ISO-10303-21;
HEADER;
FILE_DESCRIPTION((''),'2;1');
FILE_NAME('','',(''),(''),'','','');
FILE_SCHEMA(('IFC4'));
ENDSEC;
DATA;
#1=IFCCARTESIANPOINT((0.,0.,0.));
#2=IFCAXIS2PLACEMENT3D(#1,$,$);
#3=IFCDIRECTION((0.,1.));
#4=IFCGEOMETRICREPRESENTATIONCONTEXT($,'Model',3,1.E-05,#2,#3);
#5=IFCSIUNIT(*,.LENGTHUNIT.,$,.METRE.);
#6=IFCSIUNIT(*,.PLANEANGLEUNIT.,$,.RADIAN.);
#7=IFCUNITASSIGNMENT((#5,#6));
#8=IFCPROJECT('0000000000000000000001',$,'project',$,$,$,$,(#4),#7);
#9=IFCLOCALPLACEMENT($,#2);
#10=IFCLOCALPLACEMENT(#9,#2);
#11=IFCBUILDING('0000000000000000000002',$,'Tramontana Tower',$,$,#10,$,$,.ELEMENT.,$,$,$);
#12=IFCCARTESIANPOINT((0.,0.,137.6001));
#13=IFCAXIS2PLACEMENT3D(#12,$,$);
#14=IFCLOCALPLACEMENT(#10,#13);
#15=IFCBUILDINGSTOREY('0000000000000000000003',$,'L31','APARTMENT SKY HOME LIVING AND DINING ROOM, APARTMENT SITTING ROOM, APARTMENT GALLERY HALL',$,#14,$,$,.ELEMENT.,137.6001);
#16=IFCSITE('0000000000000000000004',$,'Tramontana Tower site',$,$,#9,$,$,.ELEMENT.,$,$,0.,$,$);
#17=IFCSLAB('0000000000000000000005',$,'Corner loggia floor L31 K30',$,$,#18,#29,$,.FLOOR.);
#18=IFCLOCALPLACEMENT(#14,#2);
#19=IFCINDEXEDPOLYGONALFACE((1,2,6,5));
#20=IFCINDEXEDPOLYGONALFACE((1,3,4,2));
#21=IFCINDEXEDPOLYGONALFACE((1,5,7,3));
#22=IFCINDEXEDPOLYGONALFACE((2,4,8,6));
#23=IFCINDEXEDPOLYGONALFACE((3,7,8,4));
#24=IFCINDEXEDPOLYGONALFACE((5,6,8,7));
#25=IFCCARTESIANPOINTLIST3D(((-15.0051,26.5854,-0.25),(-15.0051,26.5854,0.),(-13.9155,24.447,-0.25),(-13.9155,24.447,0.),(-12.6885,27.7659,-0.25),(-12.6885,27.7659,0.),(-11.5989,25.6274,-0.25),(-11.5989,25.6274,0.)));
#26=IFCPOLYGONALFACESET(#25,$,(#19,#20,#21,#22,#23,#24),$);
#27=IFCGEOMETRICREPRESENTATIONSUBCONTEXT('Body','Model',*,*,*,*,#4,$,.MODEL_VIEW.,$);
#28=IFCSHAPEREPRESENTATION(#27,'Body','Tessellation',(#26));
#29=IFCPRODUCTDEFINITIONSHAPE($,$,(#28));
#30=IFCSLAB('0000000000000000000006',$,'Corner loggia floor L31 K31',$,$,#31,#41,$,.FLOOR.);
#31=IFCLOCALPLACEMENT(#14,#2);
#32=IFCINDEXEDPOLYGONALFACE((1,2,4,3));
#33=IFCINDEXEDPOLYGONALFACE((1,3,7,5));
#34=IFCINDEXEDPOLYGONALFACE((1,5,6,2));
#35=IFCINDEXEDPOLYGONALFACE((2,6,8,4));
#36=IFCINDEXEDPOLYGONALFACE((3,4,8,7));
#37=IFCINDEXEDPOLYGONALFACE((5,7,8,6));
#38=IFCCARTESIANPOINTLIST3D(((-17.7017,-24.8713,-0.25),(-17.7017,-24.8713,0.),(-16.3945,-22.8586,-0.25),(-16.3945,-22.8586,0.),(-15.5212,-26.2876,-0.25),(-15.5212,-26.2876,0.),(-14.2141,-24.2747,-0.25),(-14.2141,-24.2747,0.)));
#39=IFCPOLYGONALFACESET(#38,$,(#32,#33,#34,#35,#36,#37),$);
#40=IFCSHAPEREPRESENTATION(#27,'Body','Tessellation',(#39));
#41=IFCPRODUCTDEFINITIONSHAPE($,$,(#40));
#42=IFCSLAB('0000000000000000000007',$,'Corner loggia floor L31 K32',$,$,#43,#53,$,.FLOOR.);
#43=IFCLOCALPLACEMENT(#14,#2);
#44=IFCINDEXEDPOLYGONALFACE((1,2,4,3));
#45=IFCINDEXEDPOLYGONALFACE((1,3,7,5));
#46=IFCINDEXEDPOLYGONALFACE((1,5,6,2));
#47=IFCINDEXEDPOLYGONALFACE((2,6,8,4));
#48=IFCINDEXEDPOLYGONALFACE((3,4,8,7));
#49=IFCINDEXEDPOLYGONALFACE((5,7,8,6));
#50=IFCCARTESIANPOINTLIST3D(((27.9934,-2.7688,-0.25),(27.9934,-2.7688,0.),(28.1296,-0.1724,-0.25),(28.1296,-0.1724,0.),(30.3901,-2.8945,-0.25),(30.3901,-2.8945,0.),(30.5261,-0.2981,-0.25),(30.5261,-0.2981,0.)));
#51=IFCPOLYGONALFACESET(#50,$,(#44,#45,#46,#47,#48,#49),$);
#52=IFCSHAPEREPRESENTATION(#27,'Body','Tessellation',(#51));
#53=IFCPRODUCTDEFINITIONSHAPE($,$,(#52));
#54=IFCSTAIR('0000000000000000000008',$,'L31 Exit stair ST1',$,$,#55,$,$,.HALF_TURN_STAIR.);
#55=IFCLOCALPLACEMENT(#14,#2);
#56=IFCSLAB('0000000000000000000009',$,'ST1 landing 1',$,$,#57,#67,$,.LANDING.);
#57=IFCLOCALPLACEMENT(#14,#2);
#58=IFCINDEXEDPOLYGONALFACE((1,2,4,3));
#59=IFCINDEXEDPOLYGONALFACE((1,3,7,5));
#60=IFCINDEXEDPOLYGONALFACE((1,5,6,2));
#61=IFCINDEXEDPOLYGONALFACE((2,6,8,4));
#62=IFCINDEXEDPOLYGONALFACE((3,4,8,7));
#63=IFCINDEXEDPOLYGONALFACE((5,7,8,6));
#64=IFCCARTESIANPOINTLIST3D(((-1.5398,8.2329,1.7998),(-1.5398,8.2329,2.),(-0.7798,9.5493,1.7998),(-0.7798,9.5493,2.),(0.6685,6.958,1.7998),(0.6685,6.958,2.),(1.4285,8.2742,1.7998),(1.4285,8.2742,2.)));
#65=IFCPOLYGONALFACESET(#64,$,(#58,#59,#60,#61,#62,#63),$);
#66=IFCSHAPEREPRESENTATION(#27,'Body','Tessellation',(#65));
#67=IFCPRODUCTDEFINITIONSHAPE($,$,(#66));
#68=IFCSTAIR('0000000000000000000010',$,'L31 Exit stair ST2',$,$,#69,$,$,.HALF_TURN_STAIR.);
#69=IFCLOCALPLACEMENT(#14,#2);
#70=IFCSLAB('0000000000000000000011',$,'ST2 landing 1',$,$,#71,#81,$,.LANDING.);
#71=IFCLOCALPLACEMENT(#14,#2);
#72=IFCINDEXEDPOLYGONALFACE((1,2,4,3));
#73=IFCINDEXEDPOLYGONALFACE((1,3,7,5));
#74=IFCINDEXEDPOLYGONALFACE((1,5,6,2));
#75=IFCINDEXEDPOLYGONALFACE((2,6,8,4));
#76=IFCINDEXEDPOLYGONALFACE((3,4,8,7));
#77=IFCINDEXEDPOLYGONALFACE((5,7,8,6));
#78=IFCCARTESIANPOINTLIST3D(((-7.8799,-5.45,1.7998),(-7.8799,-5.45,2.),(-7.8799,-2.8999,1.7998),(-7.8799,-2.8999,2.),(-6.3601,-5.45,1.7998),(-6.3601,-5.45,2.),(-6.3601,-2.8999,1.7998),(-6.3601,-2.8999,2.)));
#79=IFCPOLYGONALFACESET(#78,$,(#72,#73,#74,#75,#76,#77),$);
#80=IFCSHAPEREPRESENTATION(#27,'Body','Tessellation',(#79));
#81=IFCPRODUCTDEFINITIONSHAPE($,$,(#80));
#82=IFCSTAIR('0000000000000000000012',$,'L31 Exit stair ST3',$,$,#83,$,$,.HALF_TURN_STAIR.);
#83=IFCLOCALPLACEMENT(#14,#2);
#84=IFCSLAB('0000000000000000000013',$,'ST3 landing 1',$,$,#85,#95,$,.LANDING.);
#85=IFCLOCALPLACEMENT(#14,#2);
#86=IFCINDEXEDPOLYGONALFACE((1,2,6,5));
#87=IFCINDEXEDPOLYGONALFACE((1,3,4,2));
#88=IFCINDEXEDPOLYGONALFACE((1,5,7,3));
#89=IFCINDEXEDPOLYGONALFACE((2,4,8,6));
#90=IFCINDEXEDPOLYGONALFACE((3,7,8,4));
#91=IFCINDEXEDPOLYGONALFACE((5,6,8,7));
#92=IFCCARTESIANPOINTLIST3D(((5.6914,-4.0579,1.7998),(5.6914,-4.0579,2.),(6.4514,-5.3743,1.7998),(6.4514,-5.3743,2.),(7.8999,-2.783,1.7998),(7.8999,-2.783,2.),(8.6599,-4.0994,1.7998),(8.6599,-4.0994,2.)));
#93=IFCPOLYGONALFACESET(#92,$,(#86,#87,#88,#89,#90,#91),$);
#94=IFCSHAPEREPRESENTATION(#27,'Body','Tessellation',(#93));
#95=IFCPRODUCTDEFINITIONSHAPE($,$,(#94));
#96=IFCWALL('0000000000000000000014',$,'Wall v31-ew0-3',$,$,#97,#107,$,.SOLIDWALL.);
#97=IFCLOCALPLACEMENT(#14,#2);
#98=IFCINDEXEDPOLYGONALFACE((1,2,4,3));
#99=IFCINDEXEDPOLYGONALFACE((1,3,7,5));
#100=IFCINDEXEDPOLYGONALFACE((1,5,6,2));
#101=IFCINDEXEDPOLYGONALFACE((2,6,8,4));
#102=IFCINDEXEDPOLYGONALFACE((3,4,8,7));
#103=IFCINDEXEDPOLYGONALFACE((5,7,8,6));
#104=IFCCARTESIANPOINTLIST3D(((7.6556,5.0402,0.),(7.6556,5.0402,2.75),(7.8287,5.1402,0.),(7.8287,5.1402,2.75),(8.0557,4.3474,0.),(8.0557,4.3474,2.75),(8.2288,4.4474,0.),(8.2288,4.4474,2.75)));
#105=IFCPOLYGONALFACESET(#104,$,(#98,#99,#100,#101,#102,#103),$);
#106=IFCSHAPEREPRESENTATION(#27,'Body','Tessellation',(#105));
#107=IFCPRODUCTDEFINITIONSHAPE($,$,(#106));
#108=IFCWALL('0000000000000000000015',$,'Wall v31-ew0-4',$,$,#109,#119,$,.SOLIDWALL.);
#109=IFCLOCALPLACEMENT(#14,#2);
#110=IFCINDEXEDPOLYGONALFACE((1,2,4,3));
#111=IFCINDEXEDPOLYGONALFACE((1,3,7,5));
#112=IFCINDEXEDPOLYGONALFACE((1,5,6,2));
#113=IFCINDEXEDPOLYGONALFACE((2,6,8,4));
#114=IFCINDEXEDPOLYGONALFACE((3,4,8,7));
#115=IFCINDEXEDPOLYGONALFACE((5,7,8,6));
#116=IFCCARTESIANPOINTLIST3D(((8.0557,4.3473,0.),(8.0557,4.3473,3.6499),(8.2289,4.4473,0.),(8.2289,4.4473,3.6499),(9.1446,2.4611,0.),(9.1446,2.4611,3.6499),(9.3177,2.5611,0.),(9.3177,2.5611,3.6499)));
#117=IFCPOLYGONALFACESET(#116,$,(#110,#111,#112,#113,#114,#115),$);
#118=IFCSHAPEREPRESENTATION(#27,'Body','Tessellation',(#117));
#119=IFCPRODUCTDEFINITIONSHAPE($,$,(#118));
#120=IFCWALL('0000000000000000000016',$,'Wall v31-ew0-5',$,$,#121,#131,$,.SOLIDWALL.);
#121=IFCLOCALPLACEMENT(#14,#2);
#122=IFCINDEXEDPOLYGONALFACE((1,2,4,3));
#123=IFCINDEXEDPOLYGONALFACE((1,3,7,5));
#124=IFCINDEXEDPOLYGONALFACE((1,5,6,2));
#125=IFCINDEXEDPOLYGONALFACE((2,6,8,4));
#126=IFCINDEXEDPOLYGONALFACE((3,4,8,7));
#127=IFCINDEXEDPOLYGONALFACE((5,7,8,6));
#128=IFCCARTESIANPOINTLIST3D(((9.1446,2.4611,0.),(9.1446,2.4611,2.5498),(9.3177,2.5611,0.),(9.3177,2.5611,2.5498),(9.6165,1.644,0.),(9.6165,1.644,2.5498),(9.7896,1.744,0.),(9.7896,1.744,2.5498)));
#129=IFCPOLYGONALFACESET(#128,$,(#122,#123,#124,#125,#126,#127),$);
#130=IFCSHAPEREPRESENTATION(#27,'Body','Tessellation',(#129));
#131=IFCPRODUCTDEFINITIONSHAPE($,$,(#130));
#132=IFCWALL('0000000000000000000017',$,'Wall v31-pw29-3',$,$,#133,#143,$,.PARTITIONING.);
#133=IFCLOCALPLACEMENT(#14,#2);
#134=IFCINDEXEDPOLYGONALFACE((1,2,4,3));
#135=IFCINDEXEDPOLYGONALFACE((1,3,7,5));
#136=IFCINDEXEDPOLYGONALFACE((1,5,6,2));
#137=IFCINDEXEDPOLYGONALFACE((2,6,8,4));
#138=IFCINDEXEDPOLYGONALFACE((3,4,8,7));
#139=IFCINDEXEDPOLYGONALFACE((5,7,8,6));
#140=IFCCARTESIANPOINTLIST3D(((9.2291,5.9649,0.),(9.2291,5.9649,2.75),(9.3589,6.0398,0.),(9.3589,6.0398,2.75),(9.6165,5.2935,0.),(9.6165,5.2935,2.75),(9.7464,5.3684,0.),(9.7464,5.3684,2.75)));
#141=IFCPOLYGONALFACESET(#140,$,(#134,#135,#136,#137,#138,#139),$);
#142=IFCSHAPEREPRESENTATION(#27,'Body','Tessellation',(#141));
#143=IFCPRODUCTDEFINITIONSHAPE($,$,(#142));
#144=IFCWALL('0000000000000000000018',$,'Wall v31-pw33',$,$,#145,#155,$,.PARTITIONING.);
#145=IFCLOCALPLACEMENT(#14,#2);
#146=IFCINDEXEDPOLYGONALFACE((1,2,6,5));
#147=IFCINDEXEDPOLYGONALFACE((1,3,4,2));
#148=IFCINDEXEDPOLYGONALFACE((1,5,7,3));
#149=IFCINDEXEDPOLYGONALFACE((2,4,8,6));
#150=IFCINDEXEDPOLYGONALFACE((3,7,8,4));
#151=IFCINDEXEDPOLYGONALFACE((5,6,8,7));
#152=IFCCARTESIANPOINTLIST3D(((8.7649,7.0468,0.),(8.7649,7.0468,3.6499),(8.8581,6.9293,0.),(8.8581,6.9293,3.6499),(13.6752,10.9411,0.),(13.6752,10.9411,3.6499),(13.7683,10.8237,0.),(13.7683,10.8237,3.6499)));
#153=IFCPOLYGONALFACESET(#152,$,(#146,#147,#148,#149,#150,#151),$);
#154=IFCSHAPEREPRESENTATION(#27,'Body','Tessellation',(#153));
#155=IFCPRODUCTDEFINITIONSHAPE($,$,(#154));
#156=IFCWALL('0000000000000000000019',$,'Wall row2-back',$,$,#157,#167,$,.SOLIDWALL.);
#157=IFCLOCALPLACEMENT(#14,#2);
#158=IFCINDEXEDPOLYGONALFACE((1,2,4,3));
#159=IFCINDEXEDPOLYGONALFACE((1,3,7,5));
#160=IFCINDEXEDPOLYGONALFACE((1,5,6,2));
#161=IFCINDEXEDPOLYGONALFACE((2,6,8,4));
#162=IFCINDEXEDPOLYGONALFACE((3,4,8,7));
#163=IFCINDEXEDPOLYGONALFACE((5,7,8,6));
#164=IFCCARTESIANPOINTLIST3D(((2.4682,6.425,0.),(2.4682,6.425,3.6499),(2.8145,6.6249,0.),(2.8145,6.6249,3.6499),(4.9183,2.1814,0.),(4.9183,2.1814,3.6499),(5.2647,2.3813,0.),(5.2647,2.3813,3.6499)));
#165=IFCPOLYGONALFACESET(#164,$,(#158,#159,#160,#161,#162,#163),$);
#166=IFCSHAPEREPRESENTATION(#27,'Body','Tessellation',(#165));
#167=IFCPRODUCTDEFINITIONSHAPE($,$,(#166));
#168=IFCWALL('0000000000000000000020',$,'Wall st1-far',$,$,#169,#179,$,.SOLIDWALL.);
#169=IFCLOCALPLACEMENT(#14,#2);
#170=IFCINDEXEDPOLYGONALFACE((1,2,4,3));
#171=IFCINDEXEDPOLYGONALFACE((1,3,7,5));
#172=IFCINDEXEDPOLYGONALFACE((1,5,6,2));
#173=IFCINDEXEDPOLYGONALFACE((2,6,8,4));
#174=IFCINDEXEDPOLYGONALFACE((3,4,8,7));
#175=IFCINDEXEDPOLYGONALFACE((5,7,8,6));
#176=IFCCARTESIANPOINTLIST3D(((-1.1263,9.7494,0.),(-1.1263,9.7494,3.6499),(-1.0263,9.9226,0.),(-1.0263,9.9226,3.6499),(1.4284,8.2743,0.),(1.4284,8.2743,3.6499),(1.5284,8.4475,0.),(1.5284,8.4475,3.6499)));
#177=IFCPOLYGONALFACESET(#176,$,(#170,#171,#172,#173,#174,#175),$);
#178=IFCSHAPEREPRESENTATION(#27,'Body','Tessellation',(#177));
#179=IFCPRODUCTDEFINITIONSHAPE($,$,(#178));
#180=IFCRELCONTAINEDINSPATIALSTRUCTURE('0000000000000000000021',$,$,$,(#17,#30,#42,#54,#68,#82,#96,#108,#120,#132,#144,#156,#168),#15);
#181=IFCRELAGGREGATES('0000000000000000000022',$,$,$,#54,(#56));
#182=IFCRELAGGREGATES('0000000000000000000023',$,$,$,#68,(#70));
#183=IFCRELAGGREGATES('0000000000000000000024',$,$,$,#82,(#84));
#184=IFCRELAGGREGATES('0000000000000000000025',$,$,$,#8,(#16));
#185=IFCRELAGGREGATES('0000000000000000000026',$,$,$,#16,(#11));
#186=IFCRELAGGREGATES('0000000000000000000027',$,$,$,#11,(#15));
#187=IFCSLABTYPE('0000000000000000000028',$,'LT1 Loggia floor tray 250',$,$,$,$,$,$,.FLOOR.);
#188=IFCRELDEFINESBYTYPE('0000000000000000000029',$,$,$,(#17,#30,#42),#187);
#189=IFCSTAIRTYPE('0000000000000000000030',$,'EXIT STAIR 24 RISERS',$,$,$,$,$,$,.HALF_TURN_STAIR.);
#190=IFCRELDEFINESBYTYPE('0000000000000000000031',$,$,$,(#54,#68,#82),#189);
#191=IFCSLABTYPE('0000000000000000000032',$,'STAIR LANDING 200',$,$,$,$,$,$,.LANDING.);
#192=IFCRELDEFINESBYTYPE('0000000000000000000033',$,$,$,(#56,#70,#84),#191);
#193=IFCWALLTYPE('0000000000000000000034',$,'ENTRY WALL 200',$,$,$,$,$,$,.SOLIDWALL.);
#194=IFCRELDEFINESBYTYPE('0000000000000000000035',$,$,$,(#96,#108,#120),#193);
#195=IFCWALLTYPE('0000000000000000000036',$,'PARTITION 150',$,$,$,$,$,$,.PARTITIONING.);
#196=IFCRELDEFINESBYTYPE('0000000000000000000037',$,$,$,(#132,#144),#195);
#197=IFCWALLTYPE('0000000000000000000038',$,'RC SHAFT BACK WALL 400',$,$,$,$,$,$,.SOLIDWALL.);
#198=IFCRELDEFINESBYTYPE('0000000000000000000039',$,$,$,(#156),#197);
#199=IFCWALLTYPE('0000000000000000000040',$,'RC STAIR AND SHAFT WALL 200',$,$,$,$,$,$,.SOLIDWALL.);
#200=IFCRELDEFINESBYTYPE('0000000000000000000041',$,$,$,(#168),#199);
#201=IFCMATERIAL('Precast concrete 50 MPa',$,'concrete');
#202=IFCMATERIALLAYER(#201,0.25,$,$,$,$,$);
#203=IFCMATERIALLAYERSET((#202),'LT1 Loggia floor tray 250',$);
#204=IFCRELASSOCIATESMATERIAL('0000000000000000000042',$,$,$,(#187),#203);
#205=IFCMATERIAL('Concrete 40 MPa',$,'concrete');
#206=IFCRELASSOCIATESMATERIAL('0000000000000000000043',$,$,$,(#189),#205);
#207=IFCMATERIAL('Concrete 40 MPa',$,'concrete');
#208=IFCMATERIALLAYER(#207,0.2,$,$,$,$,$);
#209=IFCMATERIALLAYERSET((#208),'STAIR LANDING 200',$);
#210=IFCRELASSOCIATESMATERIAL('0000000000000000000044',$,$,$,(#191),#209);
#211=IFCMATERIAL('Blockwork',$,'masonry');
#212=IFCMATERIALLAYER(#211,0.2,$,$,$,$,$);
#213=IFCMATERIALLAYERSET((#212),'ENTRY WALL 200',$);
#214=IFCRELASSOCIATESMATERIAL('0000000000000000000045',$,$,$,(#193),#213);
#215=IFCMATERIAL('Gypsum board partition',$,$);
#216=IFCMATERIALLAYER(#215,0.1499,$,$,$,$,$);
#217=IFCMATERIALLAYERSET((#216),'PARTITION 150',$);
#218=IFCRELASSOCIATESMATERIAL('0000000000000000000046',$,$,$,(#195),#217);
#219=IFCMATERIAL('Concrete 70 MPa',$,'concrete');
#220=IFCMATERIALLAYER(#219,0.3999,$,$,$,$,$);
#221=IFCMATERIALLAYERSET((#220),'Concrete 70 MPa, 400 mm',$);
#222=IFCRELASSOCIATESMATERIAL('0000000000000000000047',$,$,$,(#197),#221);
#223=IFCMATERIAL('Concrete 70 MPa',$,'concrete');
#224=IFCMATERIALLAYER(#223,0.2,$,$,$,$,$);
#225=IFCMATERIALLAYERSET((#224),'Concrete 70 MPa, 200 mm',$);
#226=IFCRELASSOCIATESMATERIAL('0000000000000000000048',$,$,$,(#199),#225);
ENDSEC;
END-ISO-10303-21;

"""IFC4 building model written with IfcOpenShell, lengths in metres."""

from ifc_helpers import new_model, si_unit, direction, frame, frame_2d, origin, place, context, subcontext, project, spatial, polyline, rectangle, outline, extrude, material, layer, layer_set, type_object, element, aggregate, save


model = new_model("IFC4")

# Units and contexts
model_context = context("Model", 3, precision=1e-05, world=origin(), true_north=direction((0.0, 1.0)))
body_context = subcontext(model_context, "Body", "Model", "MODEL_VIEW")
ifc_project = project(units=[si_unit("LENGTHUNIT", "METRE"), si_unit("PLANEANGLEUNIT", "RADIAN")], contexts=[model_context])

# Site, building, storey
site_placement = place(None, origin())
site = spatial("IfcSite", under=ifc_project, at=site_placement, Name="Tramontana Tower site", CompositionType="ELEMENT", RefElevation=0.0)
building_placement = place(site_placement, origin())
building = spatial("IfcBuilding", under=site, at=building_placement, Name="Tramontana Tower", CompositionType="ELEMENT")
storey_placement = place(building_placement, frame((0.0, 0.0, 137.6001)))
storey = spatial("IfcBuildingStorey", under=building, at=storey_placement, Name="L31", Description="APARTMENT SKY HOME LIVING AND DINING ROOM, APARTMENT SITTING ROOM, APARTMENT GALLERY HALL", CompositionType="ELEMENT", Elevation=137.6001)

# Slabs
ifc_material_1 = material(Name="Precast concrete 50 MPa", Category="concrete")
ifc_layer_1 = layer(ifc_material_1, 0.25)
ifc_layer_set_1 = layer_set([ifc_layer_1], Name="LT1 Loggia floor tray 250")
slab_type_1 = type_object("IfcSlabType", Name="LT1 Loggia floor tray 250", PredefinedType="FLOOR", material=ifc_layer_set_1)
slab_1_placement = place(storey_placement, frame((0.0, 0.0, -0.25)))
element("IfcSlab", 1, at=slab_1_placement, inside=storey, type_object=slab_type_1, Name="Corner loggia floor L31 K30", PredefinedType="FLOOR", context=body_context, shape_type="SweptSolid", body=[
    extrude(outline(polyline([(-12.6885, 27.7659), (-11.5989, 25.6274), (-13.9155, 24.447), (-15.0051, 26.5854), (-12.6885, 27.7659)])), origin(), (0.0, 0.0, 1.0), 0.25),
])
slab_2_placement = place(storey_placement, frame((0.0, 0.0, -0.25)))
element("IfcSlab", 2, at=slab_2_placement, inside=storey, type_object=slab_type_1, Name="Corner loggia floor L31 K31", PredefinedType="FLOOR", context=body_context, shape_type="SweptSolid", body=[
    extrude(outline(polyline([(-17.7017, -24.8713), (-16.3945, -22.8586), (-14.2141, -24.2747), (-15.5212, -26.2876), (-17.7017, -24.8713)])), origin(), (0.0, 0.0, 1.0), 0.25),
])
slab_3_placement = place(storey_placement, frame((0.0, 0.0, -0.25)))
element("IfcSlab", 3, at=slab_3_placement, inside=storey, type_object=slab_type_1, Name="Corner loggia floor L31 K32", PredefinedType="FLOOR", context=body_context, shape_type="SweptSolid", body=[
    extrude(outline(polyline([(30.3901, -2.8945), (27.9934, -2.7688), (28.1296, -0.1724), (30.5261, -0.2981), (30.3901, -2.8945)])), origin(), (0.0, 0.0, 1.0), 0.25),
])

# Stairs, slabs
ifc_material_2 = material(Name="Concrete 40 MPa", Category="concrete")
stair_type = type_object("IfcStairType", Name="EXIT STAIR 24 RISERS", PredefinedType="HALF_TURN_STAIR", material=ifc_material_2)
stair_1_placement = place(storey_placement, origin())
stair_1 = element("IfcStair", 4, at=stair_1_placement, inside=storey, type_object=stair_type, Name="L31 Exit stair ST1", PredefinedType="HALF_TURN_STAIR")
ifc_material_3 = material(Name="Concrete 40 MPa", Category="concrete")
ifc_layer_2 = layer(ifc_material_3, 0.2)
ifc_layer_set_2 = layer_set([ifc_layer_2], Name="STAIR LANDING 200")
slab_type_2 = type_object("IfcSlabType", Name="STAIR LANDING 200", PredefinedType="LANDING", material=ifc_layer_set_2)
slab_4_placement = place(storey_placement, frame((0.0, 0.0, 1.7998)))
slab_4 = element("IfcSlab", 5, at=slab_4_placement, type_object=slab_type_2, Name="ST1 landing 1", PredefinedType="LANDING", context=body_context, shape_type="SweptSolid", body=[
    extrude(outline(polyline([(0.6685, 6.958), (1.4285, 8.2742), (-0.7798, 9.5493), (-1.5398, 8.2329), (0.6685, 6.958)])), origin(), (0.0, 0.0, 1.0), 0.2002),
])
aggregate(stair_1, [slab_4])
stair_2_placement = place(storey_placement, origin())
stair_2 = element("IfcStair", 6, at=stair_2_placement, inside=storey, type_object=stair_type, Name="L31 Exit stair ST2", PredefinedType="HALF_TURN_STAIR")
slab_5_placement = place(storey_placement, frame((0.0, 0.0, 1.7998)))
slab_5 = element("IfcSlab", 7, at=slab_5_placement, type_object=slab_type_2, Name="ST2 landing 1", PredefinedType="LANDING", context=body_context, shape_type="SweptSolid", body=[
    extrude(outline(polyline([(-6.3601, -2.8999), (-7.8799, -2.8999), (-7.8799, -5.45), (-6.3601, -5.45), (-6.3601, -2.8999)])), origin(), (0.0, 0.0, 1.0), 0.2002),
])
aggregate(stair_2, [slab_5])
stair_3_placement = place(storey_placement, origin())
stair_3 = element("IfcStair", 8, at=stair_3_placement, inside=storey, type_object=stair_type, Name="L31 Exit stair ST3", PredefinedType="HALF_TURN_STAIR")
slab_6_placement = place(storey_placement, frame((0.0, 0.0, 1.7998)))
slab_6 = element("IfcSlab", 9, at=slab_6_placement, type_object=slab_type_2, Name="ST3 landing 1", PredefinedType="LANDING", context=body_context, shape_type="SweptSolid", body=[
    extrude(outline(polyline([(5.6914, -4.0579), (6.4514, -5.3743), (8.6599, -4.0994), (7.8999, -2.783), (5.6914, -4.0579)])), origin(), (0.0, 0.0, 1.0), 0.2002),
])
aggregate(stair_3, [slab_6])

# Walls
ifc_material_4 = material(Name="Blockwork", Category="masonry")
ifc_layer_3 = layer(ifc_material_4, 0.2)
ifc_layer_set_3 = layer_set([ifc_layer_3], Name="ENTRY WALL 200")
wall_type_1 = type_object("IfcWallType", Name="ENTRY WALL 200", PredefinedType="SOLIDWALL", material=ifc_layer_set_3)
wall_1_placement = place(storey_placement, frame((7.7422, 5.0901, 0.0), z_axis=(0.0, 0.0, 1.0), x_axis=(0.50011, -0.865962, 0.0)))
element("IfcWall", 10, at=wall_1_placement, inside=storey, type_object=wall_type_1, Name="Wall v31-ew0-3", PredefinedType="SOLIDWALL", context=body_context, shape_type="SweptSolid", body=[
    extrude(rectangle(XDim=0.8, YDim=0.2, at=frame_2d((0.3999, 0.0))), origin(), (0.0, 0.0, 1.0), 2.75),
])
wall_2_placement = place(storey_placement, frame((8.1423, 4.3972, 0.0), z_axis=(0.0, 0.0, 1.0), x_axis=(0.499949, -0.866055, 0.0)))
element("IfcWall", 11, at=wall_2_placement, inside=storey, type_object=wall_type_1, Name="Wall v31-ew0-4", PredefinedType="SOLIDWALL", context=body_context, shape_type="SweptSolid", body=[
    extrude(rectangle(XDim=2.178, YDim=0.2, at=frame_2d((1.0889, 0.0))), origin(), (0.0, 0.0, 1.0), 3.6499),
])
wall_3_placement = place(storey_placement, frame((9.2312, 2.511, 0.0), z_axis=(0.0, 0.0, 1.0), x_axis=(0.500118, -0.865957, 0.0)))
element("IfcWall", 12, at=wall_3_placement, inside=storey, type_object=wall_type_1, Name="Wall v31-ew0-5", PredefinedType="SOLIDWALL", context=body_context, shape_type="SweptSolid", body=[
    extrude(rectangle(XDim=0.9436, YDim=0.2, at=frame_2d((0.4717, 0.0))), origin(), (0.0, 0.0, 1.0), 2.5498),
])
ifc_material_5 = material(Name="Gypsum board partition")
ifc_layer_4 = layer(ifc_material_5, 0.1499)
ifc_layer_set_4 = layer_set([ifc_layer_4], Name="PARTITION 150")
wall_type_2 = type_object("IfcWallType", Name="PARTITION 150", PredefinedType="PARTITIONING", material=ifc_layer_set_4)
wall_4_placement = place(storey_placement, frame((9.2939, 6.0024, 0.0), z_axis=(0.0, 0.0, 1.0), x_axis=(0.499832, -0.866123, 0.0)))
element("IfcWall", 13, at=wall_4_placement, inside=storey, type_object=wall_type_2, Name="Wall v31-pw29-3", PredefinedType="PARTITIONING", context=body_context, shape_type="SweptSolid", body=[
    extrude(rectangle(XDim=0.7751, YDim=0.1499, at=frame_2d((0.3877, 0.0))), origin(), (0.0, 0.0, 1.0), 2.75),
])

# Wall
wall_5_placement = place(storey_placement, frame((8.8115, 6.988, 0.0), z_axis=(0.0, 0.0, 1.0), x_axis=(0.783496, 0.621397, 0.0)))
element("IfcWall", 14, at=wall_5_placement, inside=storey, type_object=wall_type_2, Name="Wall v31-pw33", PredefinedType="PARTITIONING", context=body_context, shape_type="SweptSolid", body=[
    extrude(rectangle(XDim=6.2671, YDim=0.1499, at=frame_2d((3.1335, 0.0))), origin(), (0.0, 0.0, 1.0), 3.6499),
])

# Walls
ifc_material_6 = material(Name="Concrete 70 MPa", Category="concrete")
ifc_layer_5 = layer(ifc_material_6, 0.3999)
ifc_layer_set_5 = layer_set([ifc_layer_5], Name="Concrete 70 MPa, 400 mm")
wall_type_3 = type_object("IfcWallType", Name="RC SHAFT BACK WALL 400", PredefinedType="SOLIDWALL", material=ifc_layer_set_5)
wall_6_placement = place(storey_placement, frame((5.0916, 2.2812, 0.0), z_axis=(0.0, 0.0, 1.0), x_axis=(-0.500019, 0.866015, 0.0)))
element("IfcWall", 15, at=wall_6_placement, inside=storey, type_object=wall_type_3, Name="Wall row2-back", PredefinedType="SOLIDWALL", context=body_context, shape_type="SweptSolid", body=[
    extrude(rectangle(XDim=4.9001, YDim=0.3999, at=frame_2d((2.4502, 0.0))), origin(), (0.0, 0.0, 1.0), 3.6499),
])
ifc_material_7 = material(Name="Concrete 70 MPa", Category="concrete")
ifc_layer_6 = layer(ifc_material_7, 0.2)
ifc_layer_set_6 = layer_set([ifc_layer_6], Name="Concrete 70 MPa, 200 mm")
wall_type_4 = type_object("IfcWallType", Name="RC STAIR AND SHAFT WALL 200", PredefinedType="SOLIDWALL", material=ifc_layer_set_6)
wall_7_placement = place(storey_placement, frame((1.4785, 8.3608, 0.0), z_axis=(0.0, 0.0, 1.0), x_axis=(-0.866004, 0.500038, 0.0)))
element("IfcWall", 16, at=wall_7_placement, inside=storey, type_object=wall_type_4, Name="Wall st1-far", PredefinedType="SOLIDWALL", context=body_context, shape_type="SweptSolid", body=[
    extrude(rectangle(XDim=2.95, YDim=0.2, at=frame_2d((1.4751, 0.0))), origin(), (0.0, 0.0, 1.0), 3.6499),
])

save(model, "model.ifc")
